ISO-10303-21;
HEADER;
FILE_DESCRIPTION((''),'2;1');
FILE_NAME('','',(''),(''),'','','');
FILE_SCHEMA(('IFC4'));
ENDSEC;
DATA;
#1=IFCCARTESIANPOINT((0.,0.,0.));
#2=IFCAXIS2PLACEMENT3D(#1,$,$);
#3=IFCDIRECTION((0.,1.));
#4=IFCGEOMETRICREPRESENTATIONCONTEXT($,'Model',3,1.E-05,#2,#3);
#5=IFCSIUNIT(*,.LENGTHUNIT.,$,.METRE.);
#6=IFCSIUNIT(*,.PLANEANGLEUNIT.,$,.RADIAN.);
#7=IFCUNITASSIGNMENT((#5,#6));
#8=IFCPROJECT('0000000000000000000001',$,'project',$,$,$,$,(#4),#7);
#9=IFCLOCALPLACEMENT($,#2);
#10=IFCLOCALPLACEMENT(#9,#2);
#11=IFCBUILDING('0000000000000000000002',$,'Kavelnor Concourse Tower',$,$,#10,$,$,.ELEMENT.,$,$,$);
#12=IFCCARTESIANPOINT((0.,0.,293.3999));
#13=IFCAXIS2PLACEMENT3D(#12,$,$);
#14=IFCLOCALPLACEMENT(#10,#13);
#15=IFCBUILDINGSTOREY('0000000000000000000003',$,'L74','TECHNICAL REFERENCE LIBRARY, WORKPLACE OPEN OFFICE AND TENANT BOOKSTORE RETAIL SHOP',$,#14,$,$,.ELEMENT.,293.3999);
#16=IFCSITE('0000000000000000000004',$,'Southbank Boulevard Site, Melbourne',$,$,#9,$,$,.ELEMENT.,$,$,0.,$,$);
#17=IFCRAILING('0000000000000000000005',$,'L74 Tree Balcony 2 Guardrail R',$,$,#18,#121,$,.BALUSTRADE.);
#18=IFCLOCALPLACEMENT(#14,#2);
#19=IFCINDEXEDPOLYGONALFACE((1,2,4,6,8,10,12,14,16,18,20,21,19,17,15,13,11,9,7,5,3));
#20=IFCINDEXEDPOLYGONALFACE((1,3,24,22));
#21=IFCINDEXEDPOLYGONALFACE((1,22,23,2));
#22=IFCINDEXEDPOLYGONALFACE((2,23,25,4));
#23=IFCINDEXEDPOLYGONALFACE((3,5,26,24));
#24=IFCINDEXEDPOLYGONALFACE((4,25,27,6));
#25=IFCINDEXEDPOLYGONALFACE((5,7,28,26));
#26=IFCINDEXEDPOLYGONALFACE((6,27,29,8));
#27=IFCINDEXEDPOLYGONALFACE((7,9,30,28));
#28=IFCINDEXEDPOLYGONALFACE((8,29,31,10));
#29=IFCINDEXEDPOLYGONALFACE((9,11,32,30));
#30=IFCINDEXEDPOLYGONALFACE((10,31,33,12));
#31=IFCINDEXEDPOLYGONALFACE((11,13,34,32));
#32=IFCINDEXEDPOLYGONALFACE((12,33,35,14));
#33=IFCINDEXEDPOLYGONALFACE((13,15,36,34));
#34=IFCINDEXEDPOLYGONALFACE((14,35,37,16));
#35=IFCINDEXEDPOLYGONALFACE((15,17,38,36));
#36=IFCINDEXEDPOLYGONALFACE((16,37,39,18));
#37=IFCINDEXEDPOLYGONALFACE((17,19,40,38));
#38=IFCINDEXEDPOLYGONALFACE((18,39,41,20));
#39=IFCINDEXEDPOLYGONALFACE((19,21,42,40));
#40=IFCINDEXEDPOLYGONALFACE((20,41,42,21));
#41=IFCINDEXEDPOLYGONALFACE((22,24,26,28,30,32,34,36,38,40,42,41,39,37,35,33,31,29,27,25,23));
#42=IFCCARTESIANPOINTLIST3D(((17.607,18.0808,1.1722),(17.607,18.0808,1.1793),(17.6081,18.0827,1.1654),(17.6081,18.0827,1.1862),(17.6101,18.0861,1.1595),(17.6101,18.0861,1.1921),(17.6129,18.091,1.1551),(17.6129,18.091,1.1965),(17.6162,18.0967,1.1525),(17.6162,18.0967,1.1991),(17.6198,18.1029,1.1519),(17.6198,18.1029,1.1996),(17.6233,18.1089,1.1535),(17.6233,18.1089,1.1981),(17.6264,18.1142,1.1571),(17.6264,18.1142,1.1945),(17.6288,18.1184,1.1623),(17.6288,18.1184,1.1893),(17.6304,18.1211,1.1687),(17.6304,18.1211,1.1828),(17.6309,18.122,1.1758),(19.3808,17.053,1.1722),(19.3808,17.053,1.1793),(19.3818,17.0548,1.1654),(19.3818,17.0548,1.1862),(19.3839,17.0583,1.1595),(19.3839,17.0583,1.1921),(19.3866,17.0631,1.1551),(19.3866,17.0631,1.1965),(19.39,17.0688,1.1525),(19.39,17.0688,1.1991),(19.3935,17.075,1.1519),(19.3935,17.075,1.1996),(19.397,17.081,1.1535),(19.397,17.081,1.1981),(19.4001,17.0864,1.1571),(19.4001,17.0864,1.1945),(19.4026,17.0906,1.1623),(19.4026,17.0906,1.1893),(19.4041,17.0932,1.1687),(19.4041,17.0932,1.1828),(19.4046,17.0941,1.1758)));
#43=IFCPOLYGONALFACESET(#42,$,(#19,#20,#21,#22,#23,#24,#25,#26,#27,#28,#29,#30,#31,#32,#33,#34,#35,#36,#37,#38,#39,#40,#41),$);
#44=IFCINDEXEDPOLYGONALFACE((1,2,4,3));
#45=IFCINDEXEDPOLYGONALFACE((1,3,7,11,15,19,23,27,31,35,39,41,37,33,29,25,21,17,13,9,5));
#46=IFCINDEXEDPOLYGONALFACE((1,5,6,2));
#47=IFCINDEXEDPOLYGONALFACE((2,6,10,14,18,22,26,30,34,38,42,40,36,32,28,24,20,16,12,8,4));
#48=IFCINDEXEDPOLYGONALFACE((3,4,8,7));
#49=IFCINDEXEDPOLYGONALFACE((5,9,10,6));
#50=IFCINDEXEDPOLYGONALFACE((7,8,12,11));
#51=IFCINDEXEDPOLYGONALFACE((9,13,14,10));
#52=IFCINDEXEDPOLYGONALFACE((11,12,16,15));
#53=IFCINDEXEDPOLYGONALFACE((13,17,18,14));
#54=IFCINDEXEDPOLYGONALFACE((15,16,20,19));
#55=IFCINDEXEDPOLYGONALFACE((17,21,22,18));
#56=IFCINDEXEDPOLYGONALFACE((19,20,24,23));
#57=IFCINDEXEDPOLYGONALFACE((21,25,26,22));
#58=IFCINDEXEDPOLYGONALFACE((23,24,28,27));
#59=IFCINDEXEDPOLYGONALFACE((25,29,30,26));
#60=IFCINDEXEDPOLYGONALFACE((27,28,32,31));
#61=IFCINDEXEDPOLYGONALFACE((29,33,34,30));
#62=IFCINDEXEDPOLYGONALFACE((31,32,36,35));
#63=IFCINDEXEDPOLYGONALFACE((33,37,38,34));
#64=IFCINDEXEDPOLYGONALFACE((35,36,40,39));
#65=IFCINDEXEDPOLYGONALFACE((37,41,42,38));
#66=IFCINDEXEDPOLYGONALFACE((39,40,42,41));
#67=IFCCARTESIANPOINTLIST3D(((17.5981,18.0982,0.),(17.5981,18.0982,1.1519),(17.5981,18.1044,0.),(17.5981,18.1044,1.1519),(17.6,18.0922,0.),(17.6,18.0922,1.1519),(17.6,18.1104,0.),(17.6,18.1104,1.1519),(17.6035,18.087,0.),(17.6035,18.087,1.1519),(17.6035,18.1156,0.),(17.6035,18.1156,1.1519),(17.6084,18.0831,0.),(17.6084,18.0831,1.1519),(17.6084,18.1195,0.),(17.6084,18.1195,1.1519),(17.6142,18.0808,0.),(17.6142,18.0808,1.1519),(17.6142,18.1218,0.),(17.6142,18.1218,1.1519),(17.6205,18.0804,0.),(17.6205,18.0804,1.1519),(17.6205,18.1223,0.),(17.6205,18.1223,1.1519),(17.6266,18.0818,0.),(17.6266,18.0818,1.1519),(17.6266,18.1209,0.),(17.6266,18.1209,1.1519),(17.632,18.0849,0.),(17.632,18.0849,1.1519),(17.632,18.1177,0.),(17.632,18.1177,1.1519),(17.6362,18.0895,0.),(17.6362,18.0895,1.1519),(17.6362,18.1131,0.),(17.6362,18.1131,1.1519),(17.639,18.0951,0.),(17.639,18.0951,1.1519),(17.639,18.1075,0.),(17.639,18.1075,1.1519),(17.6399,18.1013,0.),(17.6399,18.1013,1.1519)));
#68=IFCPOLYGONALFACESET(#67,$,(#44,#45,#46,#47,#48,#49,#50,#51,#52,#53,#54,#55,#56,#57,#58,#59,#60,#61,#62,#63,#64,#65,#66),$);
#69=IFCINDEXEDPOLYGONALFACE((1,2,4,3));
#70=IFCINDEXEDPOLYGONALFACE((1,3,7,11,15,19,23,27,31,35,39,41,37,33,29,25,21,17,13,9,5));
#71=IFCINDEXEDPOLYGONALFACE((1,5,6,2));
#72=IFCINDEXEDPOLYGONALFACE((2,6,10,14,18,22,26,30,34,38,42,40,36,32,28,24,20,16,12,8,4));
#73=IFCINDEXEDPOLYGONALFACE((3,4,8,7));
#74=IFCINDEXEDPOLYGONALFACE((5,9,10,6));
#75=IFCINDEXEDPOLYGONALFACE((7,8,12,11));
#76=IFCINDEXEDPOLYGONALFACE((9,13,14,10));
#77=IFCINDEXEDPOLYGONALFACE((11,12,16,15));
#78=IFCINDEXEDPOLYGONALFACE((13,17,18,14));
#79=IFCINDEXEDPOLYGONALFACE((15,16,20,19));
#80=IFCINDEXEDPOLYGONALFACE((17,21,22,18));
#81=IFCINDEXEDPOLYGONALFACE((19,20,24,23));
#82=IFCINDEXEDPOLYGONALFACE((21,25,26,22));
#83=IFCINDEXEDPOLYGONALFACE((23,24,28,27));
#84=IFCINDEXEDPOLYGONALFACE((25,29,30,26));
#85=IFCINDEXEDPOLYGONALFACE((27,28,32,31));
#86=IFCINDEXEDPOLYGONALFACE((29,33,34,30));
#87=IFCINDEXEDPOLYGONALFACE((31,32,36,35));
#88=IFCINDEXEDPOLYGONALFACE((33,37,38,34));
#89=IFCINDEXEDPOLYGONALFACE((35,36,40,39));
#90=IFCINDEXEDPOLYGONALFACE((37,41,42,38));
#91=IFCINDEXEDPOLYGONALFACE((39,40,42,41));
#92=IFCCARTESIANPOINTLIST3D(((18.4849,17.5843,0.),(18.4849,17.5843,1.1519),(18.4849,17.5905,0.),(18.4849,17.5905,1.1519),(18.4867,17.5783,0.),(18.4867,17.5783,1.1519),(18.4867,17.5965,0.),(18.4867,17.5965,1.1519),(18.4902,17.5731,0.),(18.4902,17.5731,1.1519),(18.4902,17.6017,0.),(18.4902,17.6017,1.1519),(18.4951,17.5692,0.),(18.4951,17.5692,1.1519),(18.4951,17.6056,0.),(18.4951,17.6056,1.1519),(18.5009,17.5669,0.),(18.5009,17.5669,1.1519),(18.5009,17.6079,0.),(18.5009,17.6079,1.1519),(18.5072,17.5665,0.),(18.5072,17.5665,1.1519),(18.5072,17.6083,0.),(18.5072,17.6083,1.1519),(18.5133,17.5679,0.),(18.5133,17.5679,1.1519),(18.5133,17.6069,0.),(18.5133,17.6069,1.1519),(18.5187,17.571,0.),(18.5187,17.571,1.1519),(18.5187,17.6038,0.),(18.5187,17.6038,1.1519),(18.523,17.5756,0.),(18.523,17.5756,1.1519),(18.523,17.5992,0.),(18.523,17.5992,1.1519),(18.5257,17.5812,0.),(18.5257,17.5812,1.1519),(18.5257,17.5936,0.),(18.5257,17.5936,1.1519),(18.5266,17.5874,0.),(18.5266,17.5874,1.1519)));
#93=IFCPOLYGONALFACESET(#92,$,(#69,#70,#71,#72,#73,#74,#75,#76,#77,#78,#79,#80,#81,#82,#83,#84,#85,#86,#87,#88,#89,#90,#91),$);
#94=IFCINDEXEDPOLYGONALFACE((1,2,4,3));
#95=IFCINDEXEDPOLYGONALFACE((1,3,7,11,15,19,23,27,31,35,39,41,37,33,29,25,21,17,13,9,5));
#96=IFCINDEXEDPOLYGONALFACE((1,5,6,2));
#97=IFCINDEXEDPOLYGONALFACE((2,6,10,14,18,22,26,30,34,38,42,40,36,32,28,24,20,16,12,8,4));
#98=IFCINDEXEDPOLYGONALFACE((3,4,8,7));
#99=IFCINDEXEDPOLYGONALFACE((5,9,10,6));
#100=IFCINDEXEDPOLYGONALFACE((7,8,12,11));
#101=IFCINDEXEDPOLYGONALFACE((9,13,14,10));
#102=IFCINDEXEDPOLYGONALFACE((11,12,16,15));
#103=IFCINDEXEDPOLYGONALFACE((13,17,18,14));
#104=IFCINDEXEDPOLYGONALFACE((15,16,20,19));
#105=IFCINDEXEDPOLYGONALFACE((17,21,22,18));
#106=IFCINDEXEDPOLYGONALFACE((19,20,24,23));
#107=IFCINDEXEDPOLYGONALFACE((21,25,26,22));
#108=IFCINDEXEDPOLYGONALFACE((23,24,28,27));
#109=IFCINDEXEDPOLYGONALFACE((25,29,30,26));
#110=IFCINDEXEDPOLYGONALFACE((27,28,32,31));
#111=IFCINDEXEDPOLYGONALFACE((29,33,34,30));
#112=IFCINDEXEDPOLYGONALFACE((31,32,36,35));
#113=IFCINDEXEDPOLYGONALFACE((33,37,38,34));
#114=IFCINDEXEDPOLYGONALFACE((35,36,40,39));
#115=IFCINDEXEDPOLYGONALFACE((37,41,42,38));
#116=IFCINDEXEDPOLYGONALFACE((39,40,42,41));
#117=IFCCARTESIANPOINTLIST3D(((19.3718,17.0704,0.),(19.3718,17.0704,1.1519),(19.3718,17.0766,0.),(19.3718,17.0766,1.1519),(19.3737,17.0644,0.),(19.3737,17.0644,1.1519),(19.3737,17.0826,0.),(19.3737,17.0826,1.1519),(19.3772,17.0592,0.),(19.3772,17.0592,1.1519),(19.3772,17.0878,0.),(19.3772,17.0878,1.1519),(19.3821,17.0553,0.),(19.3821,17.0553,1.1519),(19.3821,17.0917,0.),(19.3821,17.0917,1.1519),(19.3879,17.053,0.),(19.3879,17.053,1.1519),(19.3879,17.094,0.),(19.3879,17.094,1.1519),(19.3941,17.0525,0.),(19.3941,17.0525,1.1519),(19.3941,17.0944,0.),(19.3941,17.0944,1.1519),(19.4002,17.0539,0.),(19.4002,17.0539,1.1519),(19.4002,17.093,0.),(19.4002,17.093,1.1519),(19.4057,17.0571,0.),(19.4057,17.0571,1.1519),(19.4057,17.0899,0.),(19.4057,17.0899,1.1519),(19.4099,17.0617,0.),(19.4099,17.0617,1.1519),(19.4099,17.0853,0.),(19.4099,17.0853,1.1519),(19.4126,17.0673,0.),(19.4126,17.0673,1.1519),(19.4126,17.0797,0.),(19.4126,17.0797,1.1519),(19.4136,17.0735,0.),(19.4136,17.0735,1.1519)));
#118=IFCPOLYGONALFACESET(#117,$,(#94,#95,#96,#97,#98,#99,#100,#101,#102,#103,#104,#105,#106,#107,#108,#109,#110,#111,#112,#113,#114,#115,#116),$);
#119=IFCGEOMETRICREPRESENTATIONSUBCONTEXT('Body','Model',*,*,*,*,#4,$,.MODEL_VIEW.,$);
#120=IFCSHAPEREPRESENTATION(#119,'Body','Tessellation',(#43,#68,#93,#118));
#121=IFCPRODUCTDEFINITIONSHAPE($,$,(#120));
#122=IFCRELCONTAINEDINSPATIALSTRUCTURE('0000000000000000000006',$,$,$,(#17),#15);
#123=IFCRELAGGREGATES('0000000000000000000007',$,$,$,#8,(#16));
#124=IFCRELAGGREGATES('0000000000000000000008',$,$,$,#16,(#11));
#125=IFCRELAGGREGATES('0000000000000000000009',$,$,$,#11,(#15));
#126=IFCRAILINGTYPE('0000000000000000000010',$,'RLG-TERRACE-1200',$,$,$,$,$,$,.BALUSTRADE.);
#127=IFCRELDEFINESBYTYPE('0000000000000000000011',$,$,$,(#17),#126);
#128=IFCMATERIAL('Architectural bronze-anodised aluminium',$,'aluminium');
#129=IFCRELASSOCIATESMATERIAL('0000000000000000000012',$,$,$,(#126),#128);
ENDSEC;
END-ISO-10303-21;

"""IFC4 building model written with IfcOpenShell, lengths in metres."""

from ifc_helpers import new_model, si_unit, direction, frame, origin, origin_2d, place, context, subcontext, project, spatial, circle, extrude, material, type_object, element, save


model = new_model("IFC4")

# Units and contexts
model_context = context("Model", 3, precision=1e-05, world=origin(), true_north=direction((0.0, 1.0)))
body_context = subcontext(model_context, "Body", "Model", "MODEL_VIEW")
ifc_project = project(units=[si_unit("LENGTHUNIT", "METRE"), si_unit("PLANEANGLEUNIT", "RADIAN")], contexts=[model_context])

# Site, building, storey
site_placement = place(None, origin())
site = spatial("IfcSite", under=ifc_project, at=site_placement, Name="Southbank Boulevard Site, Melbourne", CompositionType="ELEMENT", RefElevation=0.0)
building_placement = place(site_placement, origin())
building = spatial("IfcBuilding", under=site, at=building_placement, Name="Kavelnor Concourse Tower", CompositionType="ELEMENT")
storey_placement = place(building_placement, frame((0.0, 0.0, 293.3999)))
storey = spatial("IfcBuildingStorey", under=building, at=storey_placement, Name="L74", Description="TECHNICAL REFERENCE LIBRARY, WORKPLACE OPEN OFFICE AND TENANT BOOKSTORE RETAIL SHOP", CompositionType="ELEMENT", Elevation=293.3999)

# Railing
ifc_material_1 = material(Name="Architectural bronze-anodised aluminium", Category="aluminium")
railing_type_1 = type_object("IfcRailingType", Name="RLG-TERRACE-1200", PredefinedType="BALUSTRADE", material=ifc_material_1)
railing_1_placement = place(storey_placement, frame((17.6189, 18.1013, 0.0)))
element("IfcRailing", 1, at=railing_1_placement, inside=storey, type_object=railing_type_1, Name="L74 Tree Balcony 2 Guardrail R", PredefinedType="BALUSTRADE", context=body_context, shape_type="SweptSolid", body=[
    extrude(circle(Radius=0.0239, at=origin_2d()), frame((0.0, 0.0, 1.1758), z_axis=(0.865222, -0.501388, 0.0), x_axis=(0.501388, 0.865222, 0.0)), (0.0, 0.0, 1.0), 2.05),
    extrude(circle(Radius=0.021, at=origin_2d()), origin(), (0.0, 0.0, 1.0), 1.1519),
    extrude(circle(Radius=0.021, at=origin_2d()), frame((0.8867, -0.5139, 0.0)), (0.0, 0.0, 1.0), 1.1519),
    extrude(circle(Radius=0.021, at=origin_2d()), frame((1.7737, -1.0278, 0.0)), (0.0, 0.0, 1.0), 1.1519),
])

save(model, "model.ifc")
